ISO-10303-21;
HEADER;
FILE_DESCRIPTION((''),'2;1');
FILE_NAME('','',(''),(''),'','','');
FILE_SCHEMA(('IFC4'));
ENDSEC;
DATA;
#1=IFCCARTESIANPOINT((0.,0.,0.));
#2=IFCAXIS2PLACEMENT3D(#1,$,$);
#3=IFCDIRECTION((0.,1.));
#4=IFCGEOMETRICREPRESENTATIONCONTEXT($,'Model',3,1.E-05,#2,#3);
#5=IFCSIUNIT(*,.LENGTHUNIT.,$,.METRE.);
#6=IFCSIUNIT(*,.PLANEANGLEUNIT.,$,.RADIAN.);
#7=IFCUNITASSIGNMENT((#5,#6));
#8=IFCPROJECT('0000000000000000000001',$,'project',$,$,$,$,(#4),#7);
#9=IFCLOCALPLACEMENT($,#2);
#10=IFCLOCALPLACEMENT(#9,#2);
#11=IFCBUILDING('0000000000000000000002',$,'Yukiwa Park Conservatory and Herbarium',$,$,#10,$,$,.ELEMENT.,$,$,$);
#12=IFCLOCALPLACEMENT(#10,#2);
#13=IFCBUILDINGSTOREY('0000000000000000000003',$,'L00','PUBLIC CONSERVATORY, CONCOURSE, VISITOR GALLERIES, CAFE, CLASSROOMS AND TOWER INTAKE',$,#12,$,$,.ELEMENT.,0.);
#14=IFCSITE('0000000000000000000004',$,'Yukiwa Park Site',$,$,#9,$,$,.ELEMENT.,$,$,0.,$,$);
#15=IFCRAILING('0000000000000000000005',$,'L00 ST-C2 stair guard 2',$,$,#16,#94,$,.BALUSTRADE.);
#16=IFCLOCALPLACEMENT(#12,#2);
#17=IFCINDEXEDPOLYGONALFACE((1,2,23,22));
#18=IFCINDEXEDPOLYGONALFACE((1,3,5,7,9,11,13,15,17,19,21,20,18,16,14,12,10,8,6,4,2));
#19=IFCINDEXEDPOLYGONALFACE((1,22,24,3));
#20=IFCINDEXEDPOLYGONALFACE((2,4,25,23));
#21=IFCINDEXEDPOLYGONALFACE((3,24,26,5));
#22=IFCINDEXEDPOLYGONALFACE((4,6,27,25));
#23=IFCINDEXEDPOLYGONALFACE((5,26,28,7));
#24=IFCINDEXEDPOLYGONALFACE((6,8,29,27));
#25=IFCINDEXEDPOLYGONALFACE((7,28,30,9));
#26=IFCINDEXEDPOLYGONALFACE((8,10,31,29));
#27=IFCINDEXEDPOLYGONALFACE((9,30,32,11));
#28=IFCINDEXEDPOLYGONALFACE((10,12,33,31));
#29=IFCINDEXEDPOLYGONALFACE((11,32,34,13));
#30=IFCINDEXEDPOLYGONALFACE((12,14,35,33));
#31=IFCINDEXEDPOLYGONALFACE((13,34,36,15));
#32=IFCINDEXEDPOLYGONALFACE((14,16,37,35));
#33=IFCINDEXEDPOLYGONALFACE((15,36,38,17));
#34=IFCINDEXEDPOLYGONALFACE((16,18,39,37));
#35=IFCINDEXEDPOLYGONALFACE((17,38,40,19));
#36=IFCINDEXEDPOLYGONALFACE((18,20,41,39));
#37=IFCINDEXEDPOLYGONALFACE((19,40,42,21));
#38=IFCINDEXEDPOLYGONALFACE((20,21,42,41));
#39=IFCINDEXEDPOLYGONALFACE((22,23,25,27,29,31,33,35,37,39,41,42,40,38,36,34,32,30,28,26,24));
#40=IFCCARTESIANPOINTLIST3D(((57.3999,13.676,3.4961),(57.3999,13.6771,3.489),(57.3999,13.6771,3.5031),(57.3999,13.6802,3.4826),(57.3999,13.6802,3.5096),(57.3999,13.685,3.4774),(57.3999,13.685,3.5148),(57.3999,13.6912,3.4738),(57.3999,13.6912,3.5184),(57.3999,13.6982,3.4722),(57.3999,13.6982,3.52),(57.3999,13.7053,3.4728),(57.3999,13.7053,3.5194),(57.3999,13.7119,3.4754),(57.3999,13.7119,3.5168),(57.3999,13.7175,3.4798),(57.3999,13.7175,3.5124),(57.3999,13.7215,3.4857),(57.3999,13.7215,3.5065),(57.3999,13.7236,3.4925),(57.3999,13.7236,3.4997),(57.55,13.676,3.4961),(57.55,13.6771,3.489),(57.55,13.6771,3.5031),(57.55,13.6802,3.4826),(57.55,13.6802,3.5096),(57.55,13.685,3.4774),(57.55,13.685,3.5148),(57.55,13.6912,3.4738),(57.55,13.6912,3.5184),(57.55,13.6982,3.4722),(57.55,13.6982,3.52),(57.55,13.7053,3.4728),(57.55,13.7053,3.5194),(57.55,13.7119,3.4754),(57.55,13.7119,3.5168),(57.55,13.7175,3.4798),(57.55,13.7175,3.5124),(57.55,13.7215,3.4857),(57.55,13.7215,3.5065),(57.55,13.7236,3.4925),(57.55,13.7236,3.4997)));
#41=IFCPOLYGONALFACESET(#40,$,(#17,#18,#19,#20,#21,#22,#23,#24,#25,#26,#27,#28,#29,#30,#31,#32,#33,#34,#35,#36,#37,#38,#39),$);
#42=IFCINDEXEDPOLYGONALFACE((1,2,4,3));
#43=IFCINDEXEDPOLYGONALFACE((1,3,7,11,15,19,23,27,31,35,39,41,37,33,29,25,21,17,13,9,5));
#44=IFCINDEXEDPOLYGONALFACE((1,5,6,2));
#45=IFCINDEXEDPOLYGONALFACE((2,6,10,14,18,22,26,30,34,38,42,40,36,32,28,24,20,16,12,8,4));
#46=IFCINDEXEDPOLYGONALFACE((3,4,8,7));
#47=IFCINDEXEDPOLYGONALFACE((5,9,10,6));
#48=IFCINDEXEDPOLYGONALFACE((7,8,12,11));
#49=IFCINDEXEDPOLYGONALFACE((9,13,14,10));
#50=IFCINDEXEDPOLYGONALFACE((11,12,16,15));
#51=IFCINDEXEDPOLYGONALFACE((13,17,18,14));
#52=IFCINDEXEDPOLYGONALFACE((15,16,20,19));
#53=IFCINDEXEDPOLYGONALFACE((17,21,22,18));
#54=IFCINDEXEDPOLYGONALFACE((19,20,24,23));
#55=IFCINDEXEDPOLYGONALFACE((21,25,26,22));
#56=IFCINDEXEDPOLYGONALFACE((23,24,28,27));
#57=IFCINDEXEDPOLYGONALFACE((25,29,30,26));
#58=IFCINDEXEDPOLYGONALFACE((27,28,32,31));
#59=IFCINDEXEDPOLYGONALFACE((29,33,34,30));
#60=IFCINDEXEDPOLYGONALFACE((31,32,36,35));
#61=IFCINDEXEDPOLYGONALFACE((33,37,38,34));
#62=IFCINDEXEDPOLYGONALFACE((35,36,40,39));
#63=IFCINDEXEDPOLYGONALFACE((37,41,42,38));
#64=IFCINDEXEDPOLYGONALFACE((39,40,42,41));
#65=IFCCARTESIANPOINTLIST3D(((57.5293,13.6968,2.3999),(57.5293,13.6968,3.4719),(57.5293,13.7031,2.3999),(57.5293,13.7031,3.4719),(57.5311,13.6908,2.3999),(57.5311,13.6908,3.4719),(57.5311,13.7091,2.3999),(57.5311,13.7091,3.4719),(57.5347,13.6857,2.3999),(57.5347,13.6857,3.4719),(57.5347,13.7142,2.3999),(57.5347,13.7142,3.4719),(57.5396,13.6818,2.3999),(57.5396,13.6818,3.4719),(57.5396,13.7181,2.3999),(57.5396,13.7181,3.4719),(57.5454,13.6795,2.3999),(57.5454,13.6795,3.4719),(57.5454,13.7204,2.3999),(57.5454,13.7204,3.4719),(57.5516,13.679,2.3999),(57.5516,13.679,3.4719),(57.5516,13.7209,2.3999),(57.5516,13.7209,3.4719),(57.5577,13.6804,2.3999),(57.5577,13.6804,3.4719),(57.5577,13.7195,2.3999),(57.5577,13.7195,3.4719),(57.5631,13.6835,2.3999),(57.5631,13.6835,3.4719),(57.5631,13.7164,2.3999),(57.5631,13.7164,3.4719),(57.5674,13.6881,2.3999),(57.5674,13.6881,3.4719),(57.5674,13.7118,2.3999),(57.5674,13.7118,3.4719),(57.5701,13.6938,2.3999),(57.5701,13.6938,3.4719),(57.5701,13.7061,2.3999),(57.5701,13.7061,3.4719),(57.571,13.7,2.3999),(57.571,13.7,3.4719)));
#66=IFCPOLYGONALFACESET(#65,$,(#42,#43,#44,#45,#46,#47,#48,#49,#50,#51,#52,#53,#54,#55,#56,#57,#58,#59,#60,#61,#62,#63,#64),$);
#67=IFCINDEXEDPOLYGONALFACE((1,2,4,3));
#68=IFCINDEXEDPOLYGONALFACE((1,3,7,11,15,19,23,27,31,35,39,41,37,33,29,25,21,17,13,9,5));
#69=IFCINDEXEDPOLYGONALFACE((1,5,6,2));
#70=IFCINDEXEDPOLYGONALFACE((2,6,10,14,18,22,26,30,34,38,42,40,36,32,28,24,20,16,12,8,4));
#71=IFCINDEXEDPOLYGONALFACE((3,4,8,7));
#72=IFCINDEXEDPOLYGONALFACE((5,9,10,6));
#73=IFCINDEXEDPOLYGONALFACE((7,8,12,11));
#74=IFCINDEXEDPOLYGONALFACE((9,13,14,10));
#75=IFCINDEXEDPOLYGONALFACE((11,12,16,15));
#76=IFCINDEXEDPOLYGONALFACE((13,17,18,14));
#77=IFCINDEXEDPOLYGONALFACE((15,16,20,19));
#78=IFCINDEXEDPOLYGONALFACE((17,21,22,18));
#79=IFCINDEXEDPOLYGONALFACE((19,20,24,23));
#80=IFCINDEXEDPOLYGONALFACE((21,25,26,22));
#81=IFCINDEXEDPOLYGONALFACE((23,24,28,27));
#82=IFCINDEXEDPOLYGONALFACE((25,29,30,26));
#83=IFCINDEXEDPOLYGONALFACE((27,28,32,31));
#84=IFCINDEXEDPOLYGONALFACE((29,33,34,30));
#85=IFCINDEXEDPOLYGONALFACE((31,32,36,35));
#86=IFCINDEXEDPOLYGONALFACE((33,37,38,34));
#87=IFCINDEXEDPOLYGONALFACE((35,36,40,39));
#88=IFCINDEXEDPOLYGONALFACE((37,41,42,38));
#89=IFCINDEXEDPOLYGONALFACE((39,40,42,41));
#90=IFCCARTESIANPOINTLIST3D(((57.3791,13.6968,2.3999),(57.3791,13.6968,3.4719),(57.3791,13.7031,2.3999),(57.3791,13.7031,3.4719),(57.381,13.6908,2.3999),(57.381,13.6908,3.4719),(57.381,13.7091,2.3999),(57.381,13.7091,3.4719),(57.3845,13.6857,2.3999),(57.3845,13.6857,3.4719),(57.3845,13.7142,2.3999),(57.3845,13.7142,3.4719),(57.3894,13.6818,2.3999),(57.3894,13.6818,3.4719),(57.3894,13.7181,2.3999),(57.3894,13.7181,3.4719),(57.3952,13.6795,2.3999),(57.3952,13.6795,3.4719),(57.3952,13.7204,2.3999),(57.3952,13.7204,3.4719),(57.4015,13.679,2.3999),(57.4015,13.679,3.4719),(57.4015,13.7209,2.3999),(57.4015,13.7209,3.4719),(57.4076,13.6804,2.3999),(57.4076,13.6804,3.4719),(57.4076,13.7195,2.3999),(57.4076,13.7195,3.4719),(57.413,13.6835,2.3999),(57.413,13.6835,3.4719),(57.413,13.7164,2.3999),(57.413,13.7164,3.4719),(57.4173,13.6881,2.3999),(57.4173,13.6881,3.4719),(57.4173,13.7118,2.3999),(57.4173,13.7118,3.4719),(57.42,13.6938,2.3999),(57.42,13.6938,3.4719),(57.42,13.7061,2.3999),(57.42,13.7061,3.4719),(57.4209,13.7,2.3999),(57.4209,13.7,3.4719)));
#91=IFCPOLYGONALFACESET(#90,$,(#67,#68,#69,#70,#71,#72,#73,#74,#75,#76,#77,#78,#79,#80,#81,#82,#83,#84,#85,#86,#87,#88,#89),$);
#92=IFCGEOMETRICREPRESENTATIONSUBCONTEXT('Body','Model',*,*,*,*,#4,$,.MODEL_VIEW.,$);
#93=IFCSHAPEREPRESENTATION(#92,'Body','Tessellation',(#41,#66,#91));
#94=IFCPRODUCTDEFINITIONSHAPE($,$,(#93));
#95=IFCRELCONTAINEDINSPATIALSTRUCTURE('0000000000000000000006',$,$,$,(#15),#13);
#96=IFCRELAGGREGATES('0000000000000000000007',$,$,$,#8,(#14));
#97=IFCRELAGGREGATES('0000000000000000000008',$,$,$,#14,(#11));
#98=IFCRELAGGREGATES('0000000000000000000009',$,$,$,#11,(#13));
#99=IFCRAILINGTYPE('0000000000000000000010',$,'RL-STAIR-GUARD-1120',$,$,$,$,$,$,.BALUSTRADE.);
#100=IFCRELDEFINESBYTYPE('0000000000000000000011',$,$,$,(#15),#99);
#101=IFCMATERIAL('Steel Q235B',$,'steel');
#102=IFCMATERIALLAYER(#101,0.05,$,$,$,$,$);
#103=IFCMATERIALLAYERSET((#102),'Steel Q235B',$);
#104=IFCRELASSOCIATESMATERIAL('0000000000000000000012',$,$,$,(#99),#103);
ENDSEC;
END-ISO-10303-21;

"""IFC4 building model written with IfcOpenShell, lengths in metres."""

from ifc_helpers import new_model, si_unit, direction, frame, origin, origin_2d, place, context, subcontext, project, spatial, circle, extrude, material, layer, layer_set, type_object, element, save


model = new_model("IFC4")

# Units and contexts
model_context = context("Model", 3, precision=1e-05, world=origin(), true_north=direction((0.0, 1.0)))
body_context = subcontext(model_context, "Body", "Model", "MODEL_VIEW")
ifc_project = project(units=[si_unit("LENGTHUNIT", "METRE"), si_unit("PLANEANGLEUNIT", "RADIAN")], contexts=[model_context])

# Site, building, storey
site_placement = place(None, origin())
site = spatial("IfcSite", under=ifc_project, at=site_placement, Name="Yukiwa Park Site", CompositionType="ELEMENT", RefElevation=0.0)
building_placement = place(site_placement, origin())
building = spatial("IfcBuilding", under=site, at=building_placement, Name="Yukiwa Park Conservatory and Herbarium", CompositionType="ELEMENT")
storey_placement = place(building_placement, origin())
storey = spatial("IfcBuildingStorey", under=building, at=storey_placement, Name="L00", Description="PUBLIC CONSERVATORY, CONCOURSE, VISITOR GALLERIES, CAFE, CLASSROOMS AND TOWER INTAKE", CompositionType="ELEMENT", Elevation=0.0)

# Railing
ifc_material_1 = material(Name="Steel Q235B", Category="steel")
ifc_layer_1 = layer(ifc_material_1, 0.05)
ifc_layer_set_1 = layer_set([ifc_layer_1], Name="Steel Q235B")
railing_type_1 = type_object("IfcRailingType", Name="RL-STAIR-GUARD-1120", PredefinedType="BALUSTRADE", material=ifc_layer_set_1)
railing_1_placement = place(storey_placement, frame((57.55, 13.7, 2.3999)))
element("IfcRailing", 1, at=railing_1_placement, inside=storey, type_object=railing_type_1, Name="L00 ST-C2 stair guard 2", PredefinedType="BALUSTRADE", context=body_context, shape_type="SweptSolid", body=[
    extrude(circle(Radius=0.0239, at=origin_2d()), frame((0.0, 0.0, 1.0962), z_axis=(-1.0, 0.0, 0.0), x_axis=(0.0, -1.0, 0.0)), (0.0, 0.0, 1.0), 0.1501),
    extrude(circle(Radius=0.021, at=origin_2d()), origin(), (0.0, 0.0, 1.0), 1.072),
    extrude(circle(Radius=0.021, at=origin_2d()), frame((-0.1501, 0.0, 0.0)), (0.0, 0.0, 1.0), 1.072),
])

save(model, "model.ifc")
